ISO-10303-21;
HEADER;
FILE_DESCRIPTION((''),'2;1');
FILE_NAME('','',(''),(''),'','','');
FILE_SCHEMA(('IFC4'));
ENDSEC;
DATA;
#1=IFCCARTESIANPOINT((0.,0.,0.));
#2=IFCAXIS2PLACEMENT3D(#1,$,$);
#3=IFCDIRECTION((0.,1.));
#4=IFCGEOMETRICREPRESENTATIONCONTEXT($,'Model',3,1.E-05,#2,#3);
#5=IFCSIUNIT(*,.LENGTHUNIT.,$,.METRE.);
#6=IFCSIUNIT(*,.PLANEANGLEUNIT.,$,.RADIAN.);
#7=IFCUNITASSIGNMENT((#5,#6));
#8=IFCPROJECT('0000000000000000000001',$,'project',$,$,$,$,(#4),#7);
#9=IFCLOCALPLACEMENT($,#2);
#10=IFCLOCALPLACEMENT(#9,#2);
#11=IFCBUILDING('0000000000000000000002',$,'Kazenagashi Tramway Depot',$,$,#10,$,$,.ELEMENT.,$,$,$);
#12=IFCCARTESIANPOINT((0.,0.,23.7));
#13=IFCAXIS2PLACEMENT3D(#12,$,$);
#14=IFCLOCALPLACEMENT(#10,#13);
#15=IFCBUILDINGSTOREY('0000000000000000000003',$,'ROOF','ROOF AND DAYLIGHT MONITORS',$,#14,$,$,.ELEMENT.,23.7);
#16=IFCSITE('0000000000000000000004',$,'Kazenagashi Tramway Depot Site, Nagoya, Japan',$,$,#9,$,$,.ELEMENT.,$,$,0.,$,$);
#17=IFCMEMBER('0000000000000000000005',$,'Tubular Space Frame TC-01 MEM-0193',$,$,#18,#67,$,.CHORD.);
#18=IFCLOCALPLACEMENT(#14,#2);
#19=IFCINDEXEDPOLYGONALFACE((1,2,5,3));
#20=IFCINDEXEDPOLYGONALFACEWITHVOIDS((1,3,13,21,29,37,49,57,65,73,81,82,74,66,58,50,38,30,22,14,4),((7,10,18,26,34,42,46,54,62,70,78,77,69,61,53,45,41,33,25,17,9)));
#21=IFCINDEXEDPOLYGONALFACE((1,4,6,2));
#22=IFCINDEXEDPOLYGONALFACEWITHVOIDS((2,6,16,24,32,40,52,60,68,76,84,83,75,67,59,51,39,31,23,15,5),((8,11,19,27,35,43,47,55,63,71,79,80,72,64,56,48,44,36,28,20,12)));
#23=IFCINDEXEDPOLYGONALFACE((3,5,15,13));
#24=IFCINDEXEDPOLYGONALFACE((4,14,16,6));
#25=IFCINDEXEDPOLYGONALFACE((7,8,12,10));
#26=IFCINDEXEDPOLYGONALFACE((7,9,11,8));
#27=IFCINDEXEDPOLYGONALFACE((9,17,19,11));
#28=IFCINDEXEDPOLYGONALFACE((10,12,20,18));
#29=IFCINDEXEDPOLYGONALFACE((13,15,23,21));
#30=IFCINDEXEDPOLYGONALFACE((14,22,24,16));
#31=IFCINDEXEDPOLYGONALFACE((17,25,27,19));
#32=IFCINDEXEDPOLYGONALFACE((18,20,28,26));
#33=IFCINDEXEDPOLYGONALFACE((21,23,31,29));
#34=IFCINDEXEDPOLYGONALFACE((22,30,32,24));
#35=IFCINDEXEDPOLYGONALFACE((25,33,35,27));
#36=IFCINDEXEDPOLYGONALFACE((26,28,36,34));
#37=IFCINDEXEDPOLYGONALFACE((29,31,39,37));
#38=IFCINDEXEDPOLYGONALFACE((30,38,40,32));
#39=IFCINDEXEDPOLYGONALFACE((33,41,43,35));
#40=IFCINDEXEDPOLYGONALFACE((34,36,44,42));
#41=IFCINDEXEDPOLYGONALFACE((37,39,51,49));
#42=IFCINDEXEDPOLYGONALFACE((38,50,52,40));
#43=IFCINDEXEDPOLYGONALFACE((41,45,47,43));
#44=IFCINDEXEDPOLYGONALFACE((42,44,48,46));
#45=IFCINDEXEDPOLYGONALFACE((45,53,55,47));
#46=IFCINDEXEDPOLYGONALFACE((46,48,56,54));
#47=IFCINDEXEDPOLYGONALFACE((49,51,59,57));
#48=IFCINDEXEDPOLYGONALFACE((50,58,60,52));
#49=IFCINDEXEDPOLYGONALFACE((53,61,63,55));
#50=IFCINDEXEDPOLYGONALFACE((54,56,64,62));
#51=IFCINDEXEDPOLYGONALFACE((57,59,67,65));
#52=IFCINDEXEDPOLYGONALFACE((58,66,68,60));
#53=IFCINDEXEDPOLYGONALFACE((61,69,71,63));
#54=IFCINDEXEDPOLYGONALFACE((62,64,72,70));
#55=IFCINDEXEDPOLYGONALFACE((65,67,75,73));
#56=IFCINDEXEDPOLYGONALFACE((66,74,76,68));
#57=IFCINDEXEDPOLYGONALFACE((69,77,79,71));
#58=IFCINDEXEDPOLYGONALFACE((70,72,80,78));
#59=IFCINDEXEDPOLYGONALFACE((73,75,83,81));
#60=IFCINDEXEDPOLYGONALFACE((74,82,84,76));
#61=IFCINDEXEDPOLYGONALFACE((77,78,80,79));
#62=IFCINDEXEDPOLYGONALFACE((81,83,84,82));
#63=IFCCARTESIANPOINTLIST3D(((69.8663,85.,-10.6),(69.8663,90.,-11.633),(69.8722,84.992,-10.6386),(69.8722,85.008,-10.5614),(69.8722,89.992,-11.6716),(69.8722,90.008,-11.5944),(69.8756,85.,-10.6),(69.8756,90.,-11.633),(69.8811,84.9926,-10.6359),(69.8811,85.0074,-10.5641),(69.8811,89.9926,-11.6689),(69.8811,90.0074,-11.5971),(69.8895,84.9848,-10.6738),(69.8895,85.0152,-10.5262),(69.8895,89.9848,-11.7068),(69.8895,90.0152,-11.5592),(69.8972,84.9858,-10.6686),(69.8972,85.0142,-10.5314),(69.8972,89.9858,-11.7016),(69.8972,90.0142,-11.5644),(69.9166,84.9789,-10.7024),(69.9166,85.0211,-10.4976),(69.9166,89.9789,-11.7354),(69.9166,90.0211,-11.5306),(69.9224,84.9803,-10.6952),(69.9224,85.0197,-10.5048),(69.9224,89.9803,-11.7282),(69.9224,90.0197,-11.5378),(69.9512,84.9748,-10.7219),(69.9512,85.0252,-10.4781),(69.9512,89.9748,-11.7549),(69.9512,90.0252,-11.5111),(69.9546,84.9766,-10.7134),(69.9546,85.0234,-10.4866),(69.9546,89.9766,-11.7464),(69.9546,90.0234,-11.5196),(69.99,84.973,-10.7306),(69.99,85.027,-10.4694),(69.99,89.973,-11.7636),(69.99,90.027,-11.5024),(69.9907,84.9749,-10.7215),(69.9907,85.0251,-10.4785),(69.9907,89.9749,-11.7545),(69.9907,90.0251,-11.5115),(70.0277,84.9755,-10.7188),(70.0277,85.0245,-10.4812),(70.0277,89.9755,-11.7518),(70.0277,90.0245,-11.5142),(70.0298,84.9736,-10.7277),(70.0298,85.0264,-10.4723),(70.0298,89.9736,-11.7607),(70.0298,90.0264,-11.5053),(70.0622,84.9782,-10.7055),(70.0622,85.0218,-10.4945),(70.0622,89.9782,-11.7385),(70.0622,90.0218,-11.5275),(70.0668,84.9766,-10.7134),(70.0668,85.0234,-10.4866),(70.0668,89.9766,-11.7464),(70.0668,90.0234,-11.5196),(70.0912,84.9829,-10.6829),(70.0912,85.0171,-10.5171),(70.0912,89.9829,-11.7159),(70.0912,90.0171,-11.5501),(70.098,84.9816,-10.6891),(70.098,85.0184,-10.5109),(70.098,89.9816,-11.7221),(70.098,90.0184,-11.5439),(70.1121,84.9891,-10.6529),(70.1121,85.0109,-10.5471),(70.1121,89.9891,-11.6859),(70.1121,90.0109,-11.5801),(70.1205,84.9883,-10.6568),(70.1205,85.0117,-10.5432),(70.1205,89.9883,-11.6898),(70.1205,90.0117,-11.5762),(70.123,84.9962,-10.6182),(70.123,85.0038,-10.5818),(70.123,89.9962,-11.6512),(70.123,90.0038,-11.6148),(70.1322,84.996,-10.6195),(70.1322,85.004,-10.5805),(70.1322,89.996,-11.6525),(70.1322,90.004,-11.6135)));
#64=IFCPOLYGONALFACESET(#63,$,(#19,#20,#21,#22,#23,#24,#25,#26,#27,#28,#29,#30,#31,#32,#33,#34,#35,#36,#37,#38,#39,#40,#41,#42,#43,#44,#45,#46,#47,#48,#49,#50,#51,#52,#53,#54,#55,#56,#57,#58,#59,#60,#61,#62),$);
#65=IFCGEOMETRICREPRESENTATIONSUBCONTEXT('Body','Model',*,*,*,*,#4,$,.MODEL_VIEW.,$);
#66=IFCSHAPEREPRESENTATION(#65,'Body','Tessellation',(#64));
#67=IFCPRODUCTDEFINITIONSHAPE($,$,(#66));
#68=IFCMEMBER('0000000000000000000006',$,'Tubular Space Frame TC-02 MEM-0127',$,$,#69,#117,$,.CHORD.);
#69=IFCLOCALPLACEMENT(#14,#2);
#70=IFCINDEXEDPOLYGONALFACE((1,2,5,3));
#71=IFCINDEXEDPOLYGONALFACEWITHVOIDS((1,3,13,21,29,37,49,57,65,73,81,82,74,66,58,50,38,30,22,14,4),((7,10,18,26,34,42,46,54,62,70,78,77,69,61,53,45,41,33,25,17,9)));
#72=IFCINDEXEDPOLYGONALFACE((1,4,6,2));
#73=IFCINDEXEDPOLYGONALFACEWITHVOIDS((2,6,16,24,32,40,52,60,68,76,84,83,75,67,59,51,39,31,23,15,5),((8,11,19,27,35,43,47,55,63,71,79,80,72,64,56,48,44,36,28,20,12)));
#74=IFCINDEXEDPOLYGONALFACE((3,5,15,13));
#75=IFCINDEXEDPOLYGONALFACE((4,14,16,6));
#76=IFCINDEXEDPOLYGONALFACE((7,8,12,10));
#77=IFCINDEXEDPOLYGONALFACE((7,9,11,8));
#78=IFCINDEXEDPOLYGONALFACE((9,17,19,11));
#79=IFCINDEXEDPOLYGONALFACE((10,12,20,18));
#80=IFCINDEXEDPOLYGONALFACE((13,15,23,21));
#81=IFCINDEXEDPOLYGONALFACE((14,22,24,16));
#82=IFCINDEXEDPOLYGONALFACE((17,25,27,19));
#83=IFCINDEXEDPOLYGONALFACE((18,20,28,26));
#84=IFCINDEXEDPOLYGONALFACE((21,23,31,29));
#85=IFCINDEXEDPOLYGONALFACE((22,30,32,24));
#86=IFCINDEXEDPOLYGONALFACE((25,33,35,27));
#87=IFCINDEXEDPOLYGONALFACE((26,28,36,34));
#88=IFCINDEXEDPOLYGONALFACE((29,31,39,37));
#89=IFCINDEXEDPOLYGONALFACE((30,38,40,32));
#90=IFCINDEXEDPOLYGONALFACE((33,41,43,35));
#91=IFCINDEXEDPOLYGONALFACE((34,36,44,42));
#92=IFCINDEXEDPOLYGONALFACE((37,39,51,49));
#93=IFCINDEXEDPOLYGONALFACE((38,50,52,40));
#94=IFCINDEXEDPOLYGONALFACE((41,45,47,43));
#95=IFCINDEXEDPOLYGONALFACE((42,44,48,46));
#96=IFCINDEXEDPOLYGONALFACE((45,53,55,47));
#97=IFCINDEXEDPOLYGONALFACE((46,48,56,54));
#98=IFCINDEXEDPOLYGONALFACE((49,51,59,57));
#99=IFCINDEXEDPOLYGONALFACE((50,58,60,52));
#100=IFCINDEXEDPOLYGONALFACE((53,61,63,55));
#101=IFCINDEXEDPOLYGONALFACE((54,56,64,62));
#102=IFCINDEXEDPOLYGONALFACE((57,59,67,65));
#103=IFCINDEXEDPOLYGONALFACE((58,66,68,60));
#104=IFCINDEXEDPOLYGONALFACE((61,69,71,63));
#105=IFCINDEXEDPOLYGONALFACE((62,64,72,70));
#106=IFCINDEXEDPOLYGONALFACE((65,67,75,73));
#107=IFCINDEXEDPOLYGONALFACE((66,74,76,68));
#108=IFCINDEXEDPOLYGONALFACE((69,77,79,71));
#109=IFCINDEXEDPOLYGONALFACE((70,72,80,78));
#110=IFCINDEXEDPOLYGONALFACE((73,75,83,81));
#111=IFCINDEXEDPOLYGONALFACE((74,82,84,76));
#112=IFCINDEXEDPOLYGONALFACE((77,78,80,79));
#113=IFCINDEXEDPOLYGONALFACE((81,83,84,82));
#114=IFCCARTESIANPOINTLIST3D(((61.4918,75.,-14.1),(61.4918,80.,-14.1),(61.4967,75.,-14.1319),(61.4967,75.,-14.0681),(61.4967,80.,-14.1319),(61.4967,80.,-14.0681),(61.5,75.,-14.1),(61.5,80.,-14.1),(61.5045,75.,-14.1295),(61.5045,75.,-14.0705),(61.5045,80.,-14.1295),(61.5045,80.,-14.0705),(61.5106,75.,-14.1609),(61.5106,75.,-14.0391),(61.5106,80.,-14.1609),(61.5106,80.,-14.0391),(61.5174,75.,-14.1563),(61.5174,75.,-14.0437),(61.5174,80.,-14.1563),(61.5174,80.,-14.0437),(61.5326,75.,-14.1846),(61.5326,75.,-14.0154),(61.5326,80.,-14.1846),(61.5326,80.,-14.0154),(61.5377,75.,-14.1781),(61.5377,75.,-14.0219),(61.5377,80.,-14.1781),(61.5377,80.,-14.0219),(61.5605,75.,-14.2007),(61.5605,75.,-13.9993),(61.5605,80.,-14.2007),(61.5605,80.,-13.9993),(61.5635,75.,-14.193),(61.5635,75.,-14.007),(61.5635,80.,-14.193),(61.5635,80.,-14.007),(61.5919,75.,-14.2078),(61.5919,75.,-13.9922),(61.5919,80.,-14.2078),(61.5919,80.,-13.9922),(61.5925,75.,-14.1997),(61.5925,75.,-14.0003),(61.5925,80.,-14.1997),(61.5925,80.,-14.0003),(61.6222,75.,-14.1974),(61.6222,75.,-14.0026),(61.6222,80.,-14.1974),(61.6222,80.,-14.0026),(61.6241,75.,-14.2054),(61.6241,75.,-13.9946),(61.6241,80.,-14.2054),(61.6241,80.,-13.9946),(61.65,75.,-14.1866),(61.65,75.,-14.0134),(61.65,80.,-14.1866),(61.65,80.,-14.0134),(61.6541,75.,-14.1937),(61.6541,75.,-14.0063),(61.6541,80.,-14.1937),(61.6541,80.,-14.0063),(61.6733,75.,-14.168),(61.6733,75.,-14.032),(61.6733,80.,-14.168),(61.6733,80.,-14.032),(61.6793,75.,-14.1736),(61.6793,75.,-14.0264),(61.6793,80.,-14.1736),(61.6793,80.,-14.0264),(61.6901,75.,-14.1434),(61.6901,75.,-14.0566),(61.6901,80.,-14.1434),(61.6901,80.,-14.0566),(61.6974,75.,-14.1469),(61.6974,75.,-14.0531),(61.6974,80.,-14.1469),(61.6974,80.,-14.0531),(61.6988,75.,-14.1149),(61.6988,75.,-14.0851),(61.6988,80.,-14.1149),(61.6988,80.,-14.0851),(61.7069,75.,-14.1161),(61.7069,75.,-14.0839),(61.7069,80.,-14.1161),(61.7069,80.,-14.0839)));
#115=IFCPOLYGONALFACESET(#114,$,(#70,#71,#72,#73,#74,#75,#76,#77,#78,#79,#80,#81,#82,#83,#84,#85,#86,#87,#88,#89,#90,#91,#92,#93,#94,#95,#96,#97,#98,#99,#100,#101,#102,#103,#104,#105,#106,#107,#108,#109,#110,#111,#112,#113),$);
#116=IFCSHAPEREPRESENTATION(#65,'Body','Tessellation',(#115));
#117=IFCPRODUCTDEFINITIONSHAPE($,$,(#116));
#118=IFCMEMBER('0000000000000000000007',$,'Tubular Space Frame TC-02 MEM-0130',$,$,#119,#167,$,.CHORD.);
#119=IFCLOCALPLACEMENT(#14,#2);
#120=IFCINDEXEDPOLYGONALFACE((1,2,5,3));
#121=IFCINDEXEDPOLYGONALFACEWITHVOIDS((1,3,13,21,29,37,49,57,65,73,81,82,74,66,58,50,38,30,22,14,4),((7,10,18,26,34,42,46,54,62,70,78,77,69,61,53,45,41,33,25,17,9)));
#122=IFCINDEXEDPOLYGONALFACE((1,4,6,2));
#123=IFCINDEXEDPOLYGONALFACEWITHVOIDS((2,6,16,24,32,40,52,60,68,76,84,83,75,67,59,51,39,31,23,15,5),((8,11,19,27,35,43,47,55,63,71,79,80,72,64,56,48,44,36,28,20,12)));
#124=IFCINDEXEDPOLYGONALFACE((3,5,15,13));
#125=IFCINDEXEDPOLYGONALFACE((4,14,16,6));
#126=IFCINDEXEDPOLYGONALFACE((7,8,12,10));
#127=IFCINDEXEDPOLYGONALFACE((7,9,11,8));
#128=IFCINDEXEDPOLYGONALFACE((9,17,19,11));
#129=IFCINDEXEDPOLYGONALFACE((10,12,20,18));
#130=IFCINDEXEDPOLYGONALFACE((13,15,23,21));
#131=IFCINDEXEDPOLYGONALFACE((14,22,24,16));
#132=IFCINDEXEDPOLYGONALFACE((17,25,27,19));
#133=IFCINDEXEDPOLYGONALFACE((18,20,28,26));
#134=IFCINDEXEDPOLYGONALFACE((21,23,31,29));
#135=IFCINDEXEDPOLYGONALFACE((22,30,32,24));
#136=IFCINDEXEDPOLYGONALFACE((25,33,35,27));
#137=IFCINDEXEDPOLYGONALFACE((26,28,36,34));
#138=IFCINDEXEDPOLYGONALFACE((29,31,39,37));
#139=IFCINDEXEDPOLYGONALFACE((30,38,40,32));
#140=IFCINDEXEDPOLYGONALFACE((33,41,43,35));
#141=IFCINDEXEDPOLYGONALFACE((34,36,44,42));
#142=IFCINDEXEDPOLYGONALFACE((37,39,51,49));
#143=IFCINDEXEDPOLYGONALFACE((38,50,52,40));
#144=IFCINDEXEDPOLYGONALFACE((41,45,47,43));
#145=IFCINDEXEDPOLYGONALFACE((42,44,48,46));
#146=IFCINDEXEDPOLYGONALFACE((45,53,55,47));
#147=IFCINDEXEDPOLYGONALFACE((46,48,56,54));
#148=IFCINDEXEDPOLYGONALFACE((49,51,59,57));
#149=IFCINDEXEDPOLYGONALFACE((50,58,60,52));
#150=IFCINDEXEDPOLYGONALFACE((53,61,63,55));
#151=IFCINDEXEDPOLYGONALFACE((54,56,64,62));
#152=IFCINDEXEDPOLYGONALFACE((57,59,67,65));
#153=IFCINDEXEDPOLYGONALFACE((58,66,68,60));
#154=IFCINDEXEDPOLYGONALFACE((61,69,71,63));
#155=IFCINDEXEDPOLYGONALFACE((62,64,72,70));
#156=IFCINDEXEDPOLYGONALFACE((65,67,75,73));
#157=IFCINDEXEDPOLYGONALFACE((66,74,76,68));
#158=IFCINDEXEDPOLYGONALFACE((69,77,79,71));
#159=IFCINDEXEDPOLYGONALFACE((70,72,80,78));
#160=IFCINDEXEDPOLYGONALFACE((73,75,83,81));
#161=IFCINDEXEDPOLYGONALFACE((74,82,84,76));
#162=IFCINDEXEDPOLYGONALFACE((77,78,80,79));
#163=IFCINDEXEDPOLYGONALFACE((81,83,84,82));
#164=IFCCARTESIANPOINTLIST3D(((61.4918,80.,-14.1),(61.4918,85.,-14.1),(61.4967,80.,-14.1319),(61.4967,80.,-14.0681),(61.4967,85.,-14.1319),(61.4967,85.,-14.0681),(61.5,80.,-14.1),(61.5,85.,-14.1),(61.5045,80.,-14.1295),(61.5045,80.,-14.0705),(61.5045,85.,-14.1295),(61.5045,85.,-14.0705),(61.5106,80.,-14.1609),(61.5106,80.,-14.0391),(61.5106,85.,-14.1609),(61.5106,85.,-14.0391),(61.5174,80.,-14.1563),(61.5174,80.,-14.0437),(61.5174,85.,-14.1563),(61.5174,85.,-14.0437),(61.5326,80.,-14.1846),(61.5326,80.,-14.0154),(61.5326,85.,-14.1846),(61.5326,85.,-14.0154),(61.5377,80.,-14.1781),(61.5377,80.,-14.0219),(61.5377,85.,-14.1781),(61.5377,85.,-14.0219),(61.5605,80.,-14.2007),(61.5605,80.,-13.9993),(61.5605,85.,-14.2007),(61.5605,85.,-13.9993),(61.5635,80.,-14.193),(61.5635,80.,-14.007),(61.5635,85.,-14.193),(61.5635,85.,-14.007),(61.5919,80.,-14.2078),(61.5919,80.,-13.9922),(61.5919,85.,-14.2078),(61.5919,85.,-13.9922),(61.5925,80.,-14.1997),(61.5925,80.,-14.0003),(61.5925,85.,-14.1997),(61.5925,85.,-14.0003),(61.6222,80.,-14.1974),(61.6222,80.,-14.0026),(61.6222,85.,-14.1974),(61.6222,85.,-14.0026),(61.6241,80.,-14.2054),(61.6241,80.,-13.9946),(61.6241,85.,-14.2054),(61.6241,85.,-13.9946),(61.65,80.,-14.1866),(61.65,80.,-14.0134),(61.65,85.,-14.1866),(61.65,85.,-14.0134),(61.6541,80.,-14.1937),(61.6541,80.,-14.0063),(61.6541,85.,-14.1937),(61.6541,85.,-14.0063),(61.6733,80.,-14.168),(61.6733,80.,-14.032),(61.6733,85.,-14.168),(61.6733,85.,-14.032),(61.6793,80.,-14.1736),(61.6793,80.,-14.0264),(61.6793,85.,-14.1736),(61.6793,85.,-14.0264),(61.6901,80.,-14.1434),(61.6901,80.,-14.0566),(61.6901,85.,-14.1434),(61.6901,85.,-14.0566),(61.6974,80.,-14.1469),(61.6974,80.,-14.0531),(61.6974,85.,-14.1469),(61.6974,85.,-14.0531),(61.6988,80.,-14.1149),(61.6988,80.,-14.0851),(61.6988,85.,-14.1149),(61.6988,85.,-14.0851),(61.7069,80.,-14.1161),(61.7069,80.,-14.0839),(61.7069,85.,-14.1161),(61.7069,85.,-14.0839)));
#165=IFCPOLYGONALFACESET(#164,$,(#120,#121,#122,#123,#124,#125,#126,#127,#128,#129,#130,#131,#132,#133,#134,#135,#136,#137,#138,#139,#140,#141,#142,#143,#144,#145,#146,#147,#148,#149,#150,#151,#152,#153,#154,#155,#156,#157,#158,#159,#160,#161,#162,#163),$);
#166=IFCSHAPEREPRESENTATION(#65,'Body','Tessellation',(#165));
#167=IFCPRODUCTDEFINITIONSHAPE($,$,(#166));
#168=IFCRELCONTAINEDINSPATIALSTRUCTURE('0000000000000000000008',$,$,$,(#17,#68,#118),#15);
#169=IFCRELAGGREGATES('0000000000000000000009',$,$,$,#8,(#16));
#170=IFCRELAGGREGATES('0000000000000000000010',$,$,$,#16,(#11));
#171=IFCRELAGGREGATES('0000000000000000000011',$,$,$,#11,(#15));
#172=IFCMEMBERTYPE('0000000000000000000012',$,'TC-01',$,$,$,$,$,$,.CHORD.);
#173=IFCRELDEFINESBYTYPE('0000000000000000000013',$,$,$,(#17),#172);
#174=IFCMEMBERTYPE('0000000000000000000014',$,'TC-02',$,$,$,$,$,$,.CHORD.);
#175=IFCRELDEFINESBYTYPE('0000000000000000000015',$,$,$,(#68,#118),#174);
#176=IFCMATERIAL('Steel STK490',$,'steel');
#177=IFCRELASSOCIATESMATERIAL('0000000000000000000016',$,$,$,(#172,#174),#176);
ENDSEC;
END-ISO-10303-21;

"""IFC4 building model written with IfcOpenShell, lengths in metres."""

from ifc_helpers import new_model, si_unit, direction, frame, origin, origin_2d, place, context, subcontext, project, spatial, hollow_circle, extrude, material, material_profile, profile_set, type_object, element, save


model = new_model("IFC4")

# Units and contexts
model_context = context("Model", 3, precision=1e-05, world=origin(), true_north=direction((0.0, 1.0)))
body_context = subcontext(model_context, "Body", "Model", "MODEL_VIEW")
ifc_project = project(units=[si_unit("LENGTHUNIT", "METRE"), si_unit("PLANEANGLEUNIT", "RADIAN")], contexts=[model_context])

# Site, building, storey
site_placement = place(None, origin())
site = spatial("IfcSite", under=ifc_project, at=site_placement, Name="Kazenagashi Tramway Depot Site, Nagoya, Japan", CompositionType="ELEMENT", RefElevation=0.0)
building_placement = place(site_placement, origin())
building = spatial("IfcBuilding", under=site, at=building_placement, Name="Kazenagashi Tramway Depot", CompositionType="ELEMENT")
storey_placement = place(building_placement, frame((0.0, 0.0, 23.7)))
storey = spatial("IfcBuildingStorey", under=building, at=storey_placement, Name="ROOF", Description="ROOF AND DAYLIGHT MONITORS", CompositionType="ELEMENT", Elevation=23.7)

# Members
ifc_material_1 = material(Name="Steel STK490", Category="steel")
ifc_material_profile_1 = material_profile(ifc_material_1, hollow_circle(Radius=0.1337, WallThickness=0.0093, at=origin_2d()), Name="CHS-267.4x9.3")
ifc_profile_set_1 = profile_set([ifc_material_profile_1], Name="Steel STK490")
member_type_1 = type_object("IfcMemberType", Name="TC-01", PredefinedType="CHORD", material=ifc_profile_set_1)
for number, where, z_axis, x_axis, name in (
    (1, (70.0, 85.0, -10.6), (0.0, 0.979318, -0.202327), (-1.0, 0.0, 0.0), "Tubular Space Frame TC-01 MEM-0193"),
):
    element("IfcMember", number, at=place(storey_placement, frame(where, z_axis=z_axis, x_axis=x_axis)), inside=storey, type_object=member_type_1, Name=name, PredefinedType="CHORD", context=body_context, shape_type="SweptSolid", body=[
        extrude(hollow_circle(Radius=0.1337, WallThickness=0.0093, at=origin_2d()), origin(), (0.0, 0.0, 1.0), 5.1056),
    ])
ifc_material_profile_2 = material_profile(ifc_material_1, hollow_circle(Radius=0.1081, WallThickness=0.0082, at=origin_2d()), Name="CHS-216.3x8.2")
ifc_profile_set_2 = profile_set([ifc_material_profile_2], Name="Steel STK490")
member_type_2 = type_object("IfcMemberType", Name="TC-02", PredefinedType="CHORD", material=ifc_profile_set_2)
for number, where, z_axis, x_axis, name in (
    (2, (61.6, 75.0, -14.1), (0.0, 1.0, 0.0), (-1.0, 0.0, 0.0), "Tubular Space Frame TC-02 MEM-0127"),
    (3, (61.6, 80.0, -14.1), (0.0, 1.0, 0.0), (-1.0, 0.0, 0.0), "Tubular Space Frame TC-02 MEM-0130"),
):
    element("IfcMember", number, at=place(storey_placement, frame(where, z_axis=z_axis, x_axis=x_axis)), inside=storey, type_object=member_type_2, Name=name, PredefinedType="CHORD", context=body_context, shape_type="SweptSolid", body=[
        extrude(hollow_circle(Radius=0.1081, WallThickness=0.0082, at=origin_2d()), origin(), (0.0, 0.0, 1.0), 5.0),
    ])

save(model, "model.ifc")
